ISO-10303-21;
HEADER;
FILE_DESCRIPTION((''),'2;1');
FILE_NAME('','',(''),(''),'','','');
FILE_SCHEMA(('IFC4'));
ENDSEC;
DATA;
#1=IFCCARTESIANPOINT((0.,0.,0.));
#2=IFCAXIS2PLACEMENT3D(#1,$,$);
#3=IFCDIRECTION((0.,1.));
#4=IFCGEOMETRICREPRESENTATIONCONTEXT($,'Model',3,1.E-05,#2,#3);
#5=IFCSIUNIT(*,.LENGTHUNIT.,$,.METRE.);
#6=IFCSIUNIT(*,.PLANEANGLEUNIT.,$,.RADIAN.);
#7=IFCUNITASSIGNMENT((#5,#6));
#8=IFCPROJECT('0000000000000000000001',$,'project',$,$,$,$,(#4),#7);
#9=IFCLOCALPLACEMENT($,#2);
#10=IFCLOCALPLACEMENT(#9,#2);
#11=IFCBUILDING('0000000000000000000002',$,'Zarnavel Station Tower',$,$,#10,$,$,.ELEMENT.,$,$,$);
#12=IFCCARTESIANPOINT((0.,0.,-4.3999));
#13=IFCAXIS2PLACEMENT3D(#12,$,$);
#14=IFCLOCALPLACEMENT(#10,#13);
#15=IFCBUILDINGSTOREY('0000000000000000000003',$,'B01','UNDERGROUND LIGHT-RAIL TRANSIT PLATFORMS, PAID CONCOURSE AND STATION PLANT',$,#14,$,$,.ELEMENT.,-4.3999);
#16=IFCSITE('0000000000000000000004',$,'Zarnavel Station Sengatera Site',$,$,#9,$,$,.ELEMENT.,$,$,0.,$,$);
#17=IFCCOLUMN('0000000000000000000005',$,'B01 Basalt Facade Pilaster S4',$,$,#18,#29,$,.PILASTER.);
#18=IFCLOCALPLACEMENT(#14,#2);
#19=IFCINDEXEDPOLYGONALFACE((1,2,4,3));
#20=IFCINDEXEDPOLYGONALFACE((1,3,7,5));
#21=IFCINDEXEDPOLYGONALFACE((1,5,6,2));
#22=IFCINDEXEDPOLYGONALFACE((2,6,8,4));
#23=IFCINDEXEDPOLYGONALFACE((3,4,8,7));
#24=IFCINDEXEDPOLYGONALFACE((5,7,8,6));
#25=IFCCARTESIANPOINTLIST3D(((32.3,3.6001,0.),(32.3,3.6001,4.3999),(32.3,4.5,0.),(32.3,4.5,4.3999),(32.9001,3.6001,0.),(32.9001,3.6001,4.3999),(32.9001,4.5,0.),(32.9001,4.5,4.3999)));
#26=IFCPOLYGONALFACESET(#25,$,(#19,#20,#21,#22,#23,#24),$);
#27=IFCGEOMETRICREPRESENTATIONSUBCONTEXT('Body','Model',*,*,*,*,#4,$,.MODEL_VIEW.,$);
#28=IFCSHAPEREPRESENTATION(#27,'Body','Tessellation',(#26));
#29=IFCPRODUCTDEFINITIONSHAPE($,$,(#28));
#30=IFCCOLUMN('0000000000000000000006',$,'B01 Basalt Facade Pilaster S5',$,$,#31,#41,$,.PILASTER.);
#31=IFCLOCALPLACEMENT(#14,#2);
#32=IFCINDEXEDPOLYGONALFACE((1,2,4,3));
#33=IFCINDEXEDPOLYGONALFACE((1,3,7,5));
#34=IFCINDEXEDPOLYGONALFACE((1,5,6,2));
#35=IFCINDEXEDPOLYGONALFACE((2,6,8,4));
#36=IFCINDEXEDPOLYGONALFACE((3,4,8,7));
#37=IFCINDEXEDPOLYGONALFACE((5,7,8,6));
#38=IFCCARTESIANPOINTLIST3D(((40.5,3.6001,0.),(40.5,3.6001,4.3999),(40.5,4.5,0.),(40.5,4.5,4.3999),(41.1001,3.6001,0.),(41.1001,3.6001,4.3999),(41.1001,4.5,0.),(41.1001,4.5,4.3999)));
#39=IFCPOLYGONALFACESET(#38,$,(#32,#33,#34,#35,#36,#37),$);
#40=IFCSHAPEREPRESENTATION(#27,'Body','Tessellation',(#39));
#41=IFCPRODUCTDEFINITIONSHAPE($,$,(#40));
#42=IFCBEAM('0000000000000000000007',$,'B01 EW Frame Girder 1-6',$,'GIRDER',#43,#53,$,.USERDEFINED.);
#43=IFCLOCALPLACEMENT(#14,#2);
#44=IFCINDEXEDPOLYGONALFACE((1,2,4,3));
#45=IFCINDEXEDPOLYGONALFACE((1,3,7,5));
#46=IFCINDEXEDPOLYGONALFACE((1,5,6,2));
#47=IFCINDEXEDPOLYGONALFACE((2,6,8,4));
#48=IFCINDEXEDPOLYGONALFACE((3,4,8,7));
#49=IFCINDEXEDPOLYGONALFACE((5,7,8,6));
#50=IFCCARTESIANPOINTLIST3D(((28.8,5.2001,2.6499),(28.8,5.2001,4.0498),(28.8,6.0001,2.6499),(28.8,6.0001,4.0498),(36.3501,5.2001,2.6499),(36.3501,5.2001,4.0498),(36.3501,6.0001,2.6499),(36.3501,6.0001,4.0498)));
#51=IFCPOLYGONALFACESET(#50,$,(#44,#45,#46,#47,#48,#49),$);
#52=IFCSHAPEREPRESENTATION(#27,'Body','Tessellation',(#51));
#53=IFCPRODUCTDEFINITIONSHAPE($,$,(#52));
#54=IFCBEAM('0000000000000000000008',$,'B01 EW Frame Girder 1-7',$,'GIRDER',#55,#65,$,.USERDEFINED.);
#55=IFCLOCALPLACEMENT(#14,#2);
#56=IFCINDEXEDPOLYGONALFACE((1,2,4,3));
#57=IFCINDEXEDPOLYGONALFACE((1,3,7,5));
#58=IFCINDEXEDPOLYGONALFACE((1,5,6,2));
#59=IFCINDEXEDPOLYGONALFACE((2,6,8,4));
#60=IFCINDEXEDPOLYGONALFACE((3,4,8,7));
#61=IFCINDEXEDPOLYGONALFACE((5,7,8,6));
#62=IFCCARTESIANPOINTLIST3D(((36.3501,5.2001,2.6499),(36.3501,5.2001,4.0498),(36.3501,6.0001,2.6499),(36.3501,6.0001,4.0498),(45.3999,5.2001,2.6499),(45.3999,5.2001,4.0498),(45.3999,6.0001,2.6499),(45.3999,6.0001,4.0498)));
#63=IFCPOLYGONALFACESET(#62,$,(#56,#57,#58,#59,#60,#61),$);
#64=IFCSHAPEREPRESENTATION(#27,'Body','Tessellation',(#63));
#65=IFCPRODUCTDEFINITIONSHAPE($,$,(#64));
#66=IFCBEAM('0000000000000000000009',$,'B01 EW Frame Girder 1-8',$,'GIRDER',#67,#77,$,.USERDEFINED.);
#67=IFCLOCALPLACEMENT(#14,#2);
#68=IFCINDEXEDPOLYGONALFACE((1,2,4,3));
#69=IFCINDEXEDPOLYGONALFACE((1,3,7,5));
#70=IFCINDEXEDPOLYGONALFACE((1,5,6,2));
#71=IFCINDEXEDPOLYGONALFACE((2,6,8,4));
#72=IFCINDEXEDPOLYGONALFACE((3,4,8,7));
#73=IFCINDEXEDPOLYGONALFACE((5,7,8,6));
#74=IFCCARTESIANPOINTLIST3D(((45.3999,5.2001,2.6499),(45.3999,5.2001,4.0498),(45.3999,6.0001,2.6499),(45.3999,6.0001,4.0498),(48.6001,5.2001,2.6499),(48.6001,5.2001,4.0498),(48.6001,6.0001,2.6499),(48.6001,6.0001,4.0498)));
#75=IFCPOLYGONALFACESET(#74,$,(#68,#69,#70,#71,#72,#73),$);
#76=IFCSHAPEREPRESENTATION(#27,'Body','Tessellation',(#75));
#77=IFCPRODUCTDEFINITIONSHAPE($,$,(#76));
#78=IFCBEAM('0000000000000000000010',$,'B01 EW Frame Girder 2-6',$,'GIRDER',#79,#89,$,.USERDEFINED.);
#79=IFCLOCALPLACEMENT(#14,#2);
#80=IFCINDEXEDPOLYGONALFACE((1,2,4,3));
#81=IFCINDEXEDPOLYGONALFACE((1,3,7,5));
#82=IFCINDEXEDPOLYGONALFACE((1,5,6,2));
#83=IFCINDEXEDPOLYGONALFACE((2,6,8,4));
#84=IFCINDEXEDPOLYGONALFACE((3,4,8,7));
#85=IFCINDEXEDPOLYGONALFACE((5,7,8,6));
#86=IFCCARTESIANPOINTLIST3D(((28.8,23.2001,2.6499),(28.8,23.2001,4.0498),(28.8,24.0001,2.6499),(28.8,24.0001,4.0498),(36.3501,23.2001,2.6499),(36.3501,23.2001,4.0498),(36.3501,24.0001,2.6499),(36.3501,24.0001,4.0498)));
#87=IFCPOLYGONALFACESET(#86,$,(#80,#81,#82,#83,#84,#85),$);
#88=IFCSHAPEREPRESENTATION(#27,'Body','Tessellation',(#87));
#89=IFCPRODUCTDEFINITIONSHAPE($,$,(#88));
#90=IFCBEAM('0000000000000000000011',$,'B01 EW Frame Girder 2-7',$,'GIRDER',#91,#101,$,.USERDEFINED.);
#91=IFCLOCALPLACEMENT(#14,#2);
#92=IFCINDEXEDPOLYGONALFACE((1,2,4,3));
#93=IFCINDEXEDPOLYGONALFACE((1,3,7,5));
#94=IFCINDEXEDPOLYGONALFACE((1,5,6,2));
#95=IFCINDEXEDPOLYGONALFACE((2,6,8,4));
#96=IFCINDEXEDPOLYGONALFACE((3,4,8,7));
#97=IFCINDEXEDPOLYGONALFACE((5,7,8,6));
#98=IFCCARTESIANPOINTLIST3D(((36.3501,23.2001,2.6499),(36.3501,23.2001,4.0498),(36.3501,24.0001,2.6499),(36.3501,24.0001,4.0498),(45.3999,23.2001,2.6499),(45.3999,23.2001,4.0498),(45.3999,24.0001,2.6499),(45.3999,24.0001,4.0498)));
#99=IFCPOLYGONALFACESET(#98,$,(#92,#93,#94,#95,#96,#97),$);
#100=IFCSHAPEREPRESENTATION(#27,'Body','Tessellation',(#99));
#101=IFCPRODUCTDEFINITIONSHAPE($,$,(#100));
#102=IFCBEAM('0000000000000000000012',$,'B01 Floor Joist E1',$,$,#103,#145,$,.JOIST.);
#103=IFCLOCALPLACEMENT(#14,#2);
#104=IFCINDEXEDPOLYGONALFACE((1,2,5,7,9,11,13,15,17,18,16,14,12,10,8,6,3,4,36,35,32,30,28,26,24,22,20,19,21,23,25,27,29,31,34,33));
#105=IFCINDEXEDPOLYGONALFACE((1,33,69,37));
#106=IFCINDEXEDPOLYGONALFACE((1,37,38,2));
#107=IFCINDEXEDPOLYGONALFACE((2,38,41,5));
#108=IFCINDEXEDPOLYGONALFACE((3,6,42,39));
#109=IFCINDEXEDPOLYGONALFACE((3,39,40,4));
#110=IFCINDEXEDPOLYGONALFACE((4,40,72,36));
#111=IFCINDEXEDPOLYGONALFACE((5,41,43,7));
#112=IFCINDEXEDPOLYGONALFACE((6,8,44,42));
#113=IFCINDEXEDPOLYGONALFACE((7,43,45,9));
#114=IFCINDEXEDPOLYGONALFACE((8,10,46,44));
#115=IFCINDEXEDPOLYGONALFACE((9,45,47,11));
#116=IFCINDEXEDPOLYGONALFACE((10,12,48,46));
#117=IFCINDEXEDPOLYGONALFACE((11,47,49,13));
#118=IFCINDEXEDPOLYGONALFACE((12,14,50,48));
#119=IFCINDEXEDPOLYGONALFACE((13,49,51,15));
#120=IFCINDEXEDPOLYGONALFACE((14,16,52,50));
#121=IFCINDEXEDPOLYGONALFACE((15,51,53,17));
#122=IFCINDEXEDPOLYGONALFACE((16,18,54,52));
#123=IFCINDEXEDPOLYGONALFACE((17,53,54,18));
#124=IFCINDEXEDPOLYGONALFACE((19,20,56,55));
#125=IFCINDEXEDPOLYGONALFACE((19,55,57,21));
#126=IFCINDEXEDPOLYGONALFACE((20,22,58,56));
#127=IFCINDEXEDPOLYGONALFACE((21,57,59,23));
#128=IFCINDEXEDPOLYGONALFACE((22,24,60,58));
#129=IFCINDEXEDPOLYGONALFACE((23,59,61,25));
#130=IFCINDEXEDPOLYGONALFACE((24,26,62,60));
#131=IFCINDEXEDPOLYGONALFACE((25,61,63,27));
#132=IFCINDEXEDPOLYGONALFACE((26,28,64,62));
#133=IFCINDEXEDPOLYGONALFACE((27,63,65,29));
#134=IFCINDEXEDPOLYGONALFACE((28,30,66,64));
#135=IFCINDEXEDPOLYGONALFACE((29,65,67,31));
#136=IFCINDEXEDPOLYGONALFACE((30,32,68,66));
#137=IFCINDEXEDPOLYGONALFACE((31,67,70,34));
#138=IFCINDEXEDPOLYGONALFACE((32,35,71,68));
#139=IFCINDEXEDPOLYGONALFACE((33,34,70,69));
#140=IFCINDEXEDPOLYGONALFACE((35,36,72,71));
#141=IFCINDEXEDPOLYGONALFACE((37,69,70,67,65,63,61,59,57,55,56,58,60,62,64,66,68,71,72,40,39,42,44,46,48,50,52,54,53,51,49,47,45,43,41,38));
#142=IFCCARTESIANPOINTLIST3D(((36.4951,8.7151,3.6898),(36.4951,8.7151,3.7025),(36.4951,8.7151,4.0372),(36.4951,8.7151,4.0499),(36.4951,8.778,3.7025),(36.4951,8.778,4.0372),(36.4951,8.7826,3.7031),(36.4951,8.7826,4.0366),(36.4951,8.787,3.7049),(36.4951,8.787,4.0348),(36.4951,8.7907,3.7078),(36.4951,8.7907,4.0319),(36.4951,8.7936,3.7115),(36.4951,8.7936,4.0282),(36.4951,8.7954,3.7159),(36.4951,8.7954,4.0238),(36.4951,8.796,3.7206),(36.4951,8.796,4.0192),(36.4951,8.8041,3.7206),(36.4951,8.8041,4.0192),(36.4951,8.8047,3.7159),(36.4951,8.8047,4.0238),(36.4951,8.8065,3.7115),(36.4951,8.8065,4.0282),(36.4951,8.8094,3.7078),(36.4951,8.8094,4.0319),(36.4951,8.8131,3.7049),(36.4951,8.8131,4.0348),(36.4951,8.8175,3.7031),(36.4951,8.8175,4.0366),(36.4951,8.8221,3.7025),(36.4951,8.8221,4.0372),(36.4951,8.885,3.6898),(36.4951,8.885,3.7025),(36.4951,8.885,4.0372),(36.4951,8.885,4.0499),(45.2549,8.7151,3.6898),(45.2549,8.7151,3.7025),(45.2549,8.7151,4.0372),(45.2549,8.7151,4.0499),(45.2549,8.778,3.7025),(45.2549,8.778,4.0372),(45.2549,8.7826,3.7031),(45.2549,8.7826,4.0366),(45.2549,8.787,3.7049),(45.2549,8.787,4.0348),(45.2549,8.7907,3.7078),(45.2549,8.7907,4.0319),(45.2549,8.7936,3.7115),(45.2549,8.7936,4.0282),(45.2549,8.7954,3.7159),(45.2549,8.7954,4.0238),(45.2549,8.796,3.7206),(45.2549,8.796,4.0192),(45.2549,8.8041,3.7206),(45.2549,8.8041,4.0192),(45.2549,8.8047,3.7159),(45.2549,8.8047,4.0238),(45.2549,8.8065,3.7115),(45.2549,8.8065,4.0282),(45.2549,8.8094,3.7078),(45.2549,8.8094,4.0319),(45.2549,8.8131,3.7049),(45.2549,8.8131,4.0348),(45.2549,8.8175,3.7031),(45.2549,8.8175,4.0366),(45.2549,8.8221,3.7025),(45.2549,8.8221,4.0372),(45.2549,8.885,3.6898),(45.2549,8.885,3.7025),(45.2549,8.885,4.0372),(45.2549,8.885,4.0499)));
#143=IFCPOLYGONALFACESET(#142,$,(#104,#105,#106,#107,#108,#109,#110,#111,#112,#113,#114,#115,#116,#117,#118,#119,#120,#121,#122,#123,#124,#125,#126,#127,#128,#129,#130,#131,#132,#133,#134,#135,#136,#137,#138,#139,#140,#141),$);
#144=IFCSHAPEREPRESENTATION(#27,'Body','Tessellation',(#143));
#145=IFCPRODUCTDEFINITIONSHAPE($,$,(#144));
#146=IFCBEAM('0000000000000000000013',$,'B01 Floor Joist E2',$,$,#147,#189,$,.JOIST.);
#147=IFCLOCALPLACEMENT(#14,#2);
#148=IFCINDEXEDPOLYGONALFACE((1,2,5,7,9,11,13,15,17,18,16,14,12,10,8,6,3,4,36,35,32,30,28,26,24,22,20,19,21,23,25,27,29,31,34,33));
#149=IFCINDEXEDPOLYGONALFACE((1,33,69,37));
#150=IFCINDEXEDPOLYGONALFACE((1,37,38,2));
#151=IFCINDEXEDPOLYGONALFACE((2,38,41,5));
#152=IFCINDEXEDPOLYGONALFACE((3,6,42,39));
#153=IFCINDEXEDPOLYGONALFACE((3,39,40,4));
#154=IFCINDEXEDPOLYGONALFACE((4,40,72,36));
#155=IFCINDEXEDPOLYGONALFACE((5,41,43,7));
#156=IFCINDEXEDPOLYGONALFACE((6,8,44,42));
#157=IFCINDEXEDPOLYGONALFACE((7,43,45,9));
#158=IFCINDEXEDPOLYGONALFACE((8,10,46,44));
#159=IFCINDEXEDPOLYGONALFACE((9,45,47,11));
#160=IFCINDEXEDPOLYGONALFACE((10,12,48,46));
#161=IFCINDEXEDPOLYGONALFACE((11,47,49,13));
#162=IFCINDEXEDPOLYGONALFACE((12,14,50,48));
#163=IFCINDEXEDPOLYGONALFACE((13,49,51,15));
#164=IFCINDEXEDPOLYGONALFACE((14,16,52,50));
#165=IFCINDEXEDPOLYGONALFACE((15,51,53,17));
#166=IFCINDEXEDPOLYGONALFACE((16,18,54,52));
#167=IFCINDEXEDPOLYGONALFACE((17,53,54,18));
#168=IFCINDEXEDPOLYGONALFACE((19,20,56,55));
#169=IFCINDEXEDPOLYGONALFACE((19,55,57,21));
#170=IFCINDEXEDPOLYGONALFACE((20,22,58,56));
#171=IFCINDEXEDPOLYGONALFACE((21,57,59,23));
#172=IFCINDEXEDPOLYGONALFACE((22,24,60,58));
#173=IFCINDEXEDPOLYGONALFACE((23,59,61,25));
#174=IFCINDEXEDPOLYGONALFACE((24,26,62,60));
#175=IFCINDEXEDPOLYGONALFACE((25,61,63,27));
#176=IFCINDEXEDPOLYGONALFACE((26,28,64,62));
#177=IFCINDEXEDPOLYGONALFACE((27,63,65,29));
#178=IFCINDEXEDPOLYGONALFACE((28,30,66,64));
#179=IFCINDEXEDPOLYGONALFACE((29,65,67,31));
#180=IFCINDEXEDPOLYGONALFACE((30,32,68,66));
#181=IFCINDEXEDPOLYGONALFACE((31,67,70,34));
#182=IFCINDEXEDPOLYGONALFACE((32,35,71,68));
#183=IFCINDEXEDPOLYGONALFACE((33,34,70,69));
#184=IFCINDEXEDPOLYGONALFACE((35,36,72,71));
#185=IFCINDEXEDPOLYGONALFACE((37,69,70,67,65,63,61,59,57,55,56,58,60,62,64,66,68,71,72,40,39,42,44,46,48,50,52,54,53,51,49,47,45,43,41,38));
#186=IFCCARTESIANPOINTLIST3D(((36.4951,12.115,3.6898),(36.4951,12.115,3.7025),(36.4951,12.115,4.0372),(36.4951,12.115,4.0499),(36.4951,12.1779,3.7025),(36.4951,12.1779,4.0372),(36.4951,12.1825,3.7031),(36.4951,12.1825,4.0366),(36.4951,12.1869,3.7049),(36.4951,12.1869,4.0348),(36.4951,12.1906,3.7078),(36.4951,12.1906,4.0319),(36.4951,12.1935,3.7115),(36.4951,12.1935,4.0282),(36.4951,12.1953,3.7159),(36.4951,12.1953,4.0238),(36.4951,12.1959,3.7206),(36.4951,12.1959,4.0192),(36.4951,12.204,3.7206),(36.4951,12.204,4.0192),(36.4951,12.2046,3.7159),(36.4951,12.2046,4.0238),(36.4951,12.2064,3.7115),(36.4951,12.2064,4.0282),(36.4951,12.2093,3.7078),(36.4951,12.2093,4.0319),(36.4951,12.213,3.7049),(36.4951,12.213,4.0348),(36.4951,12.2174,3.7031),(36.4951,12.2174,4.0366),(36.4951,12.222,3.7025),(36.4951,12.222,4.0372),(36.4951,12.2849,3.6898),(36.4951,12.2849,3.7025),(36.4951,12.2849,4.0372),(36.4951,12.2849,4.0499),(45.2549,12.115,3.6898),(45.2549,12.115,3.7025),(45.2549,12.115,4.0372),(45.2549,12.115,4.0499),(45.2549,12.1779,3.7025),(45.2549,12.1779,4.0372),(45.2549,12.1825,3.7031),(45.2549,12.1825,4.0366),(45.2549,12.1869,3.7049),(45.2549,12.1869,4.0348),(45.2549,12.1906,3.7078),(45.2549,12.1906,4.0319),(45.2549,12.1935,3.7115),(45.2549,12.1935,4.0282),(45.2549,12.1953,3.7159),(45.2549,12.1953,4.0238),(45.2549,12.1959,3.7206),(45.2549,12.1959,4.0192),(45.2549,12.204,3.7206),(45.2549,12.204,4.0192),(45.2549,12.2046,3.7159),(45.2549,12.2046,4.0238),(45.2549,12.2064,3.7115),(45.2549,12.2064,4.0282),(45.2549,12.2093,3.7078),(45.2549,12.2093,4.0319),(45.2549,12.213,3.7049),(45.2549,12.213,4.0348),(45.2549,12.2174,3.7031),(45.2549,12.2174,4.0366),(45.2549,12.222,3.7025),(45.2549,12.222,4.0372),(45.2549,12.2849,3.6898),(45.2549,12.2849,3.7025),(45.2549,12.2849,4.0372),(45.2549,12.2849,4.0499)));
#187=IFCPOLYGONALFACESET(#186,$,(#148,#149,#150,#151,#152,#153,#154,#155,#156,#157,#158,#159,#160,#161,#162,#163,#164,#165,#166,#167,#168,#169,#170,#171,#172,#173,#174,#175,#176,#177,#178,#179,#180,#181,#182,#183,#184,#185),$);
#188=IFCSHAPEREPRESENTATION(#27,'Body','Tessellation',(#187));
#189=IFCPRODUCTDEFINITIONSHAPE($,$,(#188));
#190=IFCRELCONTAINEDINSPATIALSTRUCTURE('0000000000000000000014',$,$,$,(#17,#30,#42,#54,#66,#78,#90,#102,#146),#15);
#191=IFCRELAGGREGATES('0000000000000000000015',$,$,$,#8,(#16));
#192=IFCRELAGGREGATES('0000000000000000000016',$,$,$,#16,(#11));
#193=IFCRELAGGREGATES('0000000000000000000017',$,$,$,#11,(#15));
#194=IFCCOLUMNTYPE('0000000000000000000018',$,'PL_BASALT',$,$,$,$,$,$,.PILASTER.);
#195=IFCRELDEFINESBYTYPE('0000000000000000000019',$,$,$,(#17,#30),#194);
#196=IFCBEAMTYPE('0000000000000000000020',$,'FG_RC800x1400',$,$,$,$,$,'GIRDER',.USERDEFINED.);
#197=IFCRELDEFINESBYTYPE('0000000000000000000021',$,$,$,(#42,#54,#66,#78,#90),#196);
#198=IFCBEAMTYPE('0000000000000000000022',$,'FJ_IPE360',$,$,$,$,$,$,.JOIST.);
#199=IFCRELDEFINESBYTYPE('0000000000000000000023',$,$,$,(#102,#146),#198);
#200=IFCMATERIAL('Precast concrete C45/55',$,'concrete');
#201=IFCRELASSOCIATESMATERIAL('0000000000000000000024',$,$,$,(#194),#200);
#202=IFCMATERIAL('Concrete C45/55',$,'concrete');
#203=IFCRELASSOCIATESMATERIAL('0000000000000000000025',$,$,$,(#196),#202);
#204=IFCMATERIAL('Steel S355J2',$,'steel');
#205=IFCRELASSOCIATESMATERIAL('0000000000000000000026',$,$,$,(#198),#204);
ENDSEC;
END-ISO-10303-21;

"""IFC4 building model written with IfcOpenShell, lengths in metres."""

from ifc_helpers import new_model, si_unit, direction, frame, origin, origin_2d, place, context, subcontext, project, spatial, rectangle, i_section, extrude, material, material_profile, profile_set, type_object, element, save


model = new_model("IFC4")

# Units and contexts
model_context = context("Model", 3, precision=1e-05, world=origin(), true_north=direction((0.0, 1.0)))
body_context = subcontext(model_context, "Body", "Model", "MODEL_VIEW")
ifc_project = project(units=[si_unit("LENGTHUNIT", "METRE"), si_unit("PLANEANGLEUNIT", "RADIAN")], contexts=[model_context])

# Site, building, storey
site_placement = place(None, origin())
site = spatial("IfcSite", under=ifc_project, at=site_placement, Name="Zarnavel Station Sengatera Site", CompositionType="ELEMENT", RefElevation=0.0)
building_placement = place(site_placement, origin())
building = spatial("IfcBuilding", under=site, at=building_placement, Name="Zarnavel Station Tower", CompositionType="ELEMENT")
storey_placement = place(building_placement, frame((0.0, 0.0, -4.3999)))
storey = spatial("IfcBuildingStorey", under=building, at=storey_placement, Name="B01", Description="UNDERGROUND LIGHT-RAIL TRANSIT PLATFORMS, PAID CONCOURSE AND STATION PLANT", CompositionType="ELEMENT", Elevation=-4.3999)

# Columns
ifc_material_1 = material(Name="Precast concrete C45/55", Category="concrete")
ifc_material_profile_1 = material_profile(ifc_material_1, rectangle(XDim=0.6001, YDim=0.8999, at=origin_2d()), Name="RC600x900")
ifc_profile_set_1 = profile_set([ifc_material_profile_1], Name="Precast concrete C45/55")
column_type_1 = type_object("IfcColumnType", Name="PL_BASALT", PredefinedType="PILASTER", material=ifc_profile_set_1)
for number, where, z_axis, x_axis, name in (
    (1, (32.6001, 4.05, 0.0), (0.0, 0.0, 1.0), (1.0, 0.0, 0.0), "B01 Basalt Facade Pilaster S4"),
    (2, (40.8, 4.05, 0.0), (0.0, 0.0, 1.0), (1.0, 0.0, 0.0), "B01 Basalt Facade Pilaster S5"),
):
    element("IfcColumn", number, at=place(storey_placement, frame(where, z_axis=z_axis, x_axis=x_axis)), inside=storey, type_object=column_type_1, Name=name, PredefinedType="PILASTER", context=body_context, shape_type="SweptSolid", body=[
        extrude(rectangle(XDim=0.6001, YDim=0.8999, at=origin_2d()), origin(), (0.0, 0.0, 1.0), 4.3999),
    ])

# Beams
ifc_material_2 = material(Name="Concrete C45/55", Category="concrete")
ifc_material_profile_2 = material_profile(ifc_material_2, rectangle(XDim=0.8, YDim=1.3999, at=origin_2d()), Name="RC800x1400")
ifc_profile_set_2 = profile_set([ifc_material_profile_2], Name="Concrete C45/55")
beam_type_1 = type_object("IfcBeamType", Name="FG_RC800x1400", ElementType="GIRDER", PredefinedType="USERDEFINED", material=ifc_profile_set_2)
beam_1_placement = place(storey_placement, frame((28.8, 5.6001, 3.3499), z_axis=(1.0, 0.0, 0.0), x_axis=(0.0, 1.0, 0.0)))
element("IfcBeam", 3, at=beam_1_placement, inside=storey, type_object=beam_type_1, Name="B01 EW Frame Girder 1-6", ObjectType="GIRDER", PredefinedType="USERDEFINED", context=body_context, shape_type="SweptSolid", body=[
    extrude(rectangle(XDim=0.8, YDim=1.3999, at=origin_2d()), origin(), (0.0, 0.0, 1.0), 7.55),
])
beam_2_placement = place(storey_placement, frame((36.3501, 5.6001, 3.3499), z_axis=(1.0, 0.0, 0.0), x_axis=(0.0, 1.0, 0.0)))
element("IfcBeam", 4, at=beam_2_placement, inside=storey, type_object=beam_type_1, Name="B01 EW Frame Girder 1-7", ObjectType="GIRDER", PredefinedType="USERDEFINED", context=body_context, shape_type="SweptSolid", body=[
    extrude(rectangle(XDim=0.8, YDim=1.3999, at=origin_2d()), origin(), (0.0, 0.0, 1.0), 9.0498),
])
beam_3_placement = place(storey_placement, frame((45.3999, 5.6001, 3.3499), z_axis=(1.0, 0.0, 0.0), x_axis=(0.0, 1.0, 0.0)))
element("IfcBeam", 5, at=beam_3_placement, inside=storey, type_object=beam_type_1, Name="B01 EW Frame Girder 1-8", ObjectType="GIRDER", PredefinedType="USERDEFINED", context=body_context, shape_type="SweptSolid", body=[
    extrude(rectangle(XDim=0.8, YDim=1.3999, at=origin_2d()), origin(), (0.0, 0.0, 1.0), 3.2002),
])
beam_4_placement = place(storey_placement, frame((28.8, 23.6001, 3.3499), z_axis=(1.0, 0.0, 0.0), x_axis=(0.0, 1.0, 0.0)))
element("IfcBeam", 6, at=beam_4_placement, inside=storey, type_object=beam_type_1, Name="B01 EW Frame Girder 2-6", ObjectType="GIRDER", PredefinedType="USERDEFINED", context=body_context, shape_type="SweptSolid", body=[
    extrude(rectangle(XDim=0.8, YDim=1.3999, at=origin_2d()), origin(), (0.0, 0.0, 1.0), 7.55),
])
beam_5_placement = place(storey_placement, frame((36.3501, 23.6001, 3.3499), z_axis=(1.0, 0.0, 0.0), x_axis=(0.0, 1.0, 0.0)))
element("IfcBeam", 7, at=beam_5_placement, inside=storey, type_object=beam_type_1, Name="B01 EW Frame Girder 2-7", ObjectType="GIRDER", PredefinedType="USERDEFINED", context=body_context, shape_type="SweptSolid", body=[
    extrude(rectangle(XDim=0.8, YDim=1.3999, at=origin_2d()), origin(), (0.0, 0.0, 1.0), 9.0498),
])
ifc_material_3 = material(Name="Steel S355J2", Category="steel")
ifc_material_profile_3 = material_profile(ifc_material_3, i_section(OverallWidth=0.1699, OverallDepth=0.3601, WebThickness=0.0081, FlangeThickness=0.0127, FilletRadius=0.0181, at=origin_2d()), Name="IPE360")
ifc_profile_set_3 = profile_set([ifc_material_profile_3], Name="Steel S355J2")
beam_type_2 = type_object("IfcBeamType", Name="FJ_IPE360", PredefinedType="JOIST", material=ifc_profile_set_3)
for number, where, z_axis, x_axis, name in (
    (8, (36.4951, 8.8, 3.8699), (1.0, 0.0, 0.0), (0.0, 1.0, 0.0), "B01 Floor Joist E1"),
    (9, (36.4951, 12.2, 3.8699), (1.0, 0.0, 0.0), (0.0, 1.0, 0.0), "B01 Floor Joist E2"),
):
    element("IfcBeam", number, at=place(storey_placement, frame(where, z_axis=z_axis, x_axis=x_axis)), inside=storey, type_object=beam_type_2, Name=name, PredefinedType="JOIST", context=body_context, shape_type="SweptSolid", body=[
        extrude(i_section(OverallWidth=0.1699, OverallDepth=0.3601, WebThickness=0.0081, FlangeThickness=0.0127, FilletRadius=0.0181, at=origin_2d()), origin(), (0.0, 0.0, 1.0), 8.7598),
    ])

save(model, "model.ifc")
